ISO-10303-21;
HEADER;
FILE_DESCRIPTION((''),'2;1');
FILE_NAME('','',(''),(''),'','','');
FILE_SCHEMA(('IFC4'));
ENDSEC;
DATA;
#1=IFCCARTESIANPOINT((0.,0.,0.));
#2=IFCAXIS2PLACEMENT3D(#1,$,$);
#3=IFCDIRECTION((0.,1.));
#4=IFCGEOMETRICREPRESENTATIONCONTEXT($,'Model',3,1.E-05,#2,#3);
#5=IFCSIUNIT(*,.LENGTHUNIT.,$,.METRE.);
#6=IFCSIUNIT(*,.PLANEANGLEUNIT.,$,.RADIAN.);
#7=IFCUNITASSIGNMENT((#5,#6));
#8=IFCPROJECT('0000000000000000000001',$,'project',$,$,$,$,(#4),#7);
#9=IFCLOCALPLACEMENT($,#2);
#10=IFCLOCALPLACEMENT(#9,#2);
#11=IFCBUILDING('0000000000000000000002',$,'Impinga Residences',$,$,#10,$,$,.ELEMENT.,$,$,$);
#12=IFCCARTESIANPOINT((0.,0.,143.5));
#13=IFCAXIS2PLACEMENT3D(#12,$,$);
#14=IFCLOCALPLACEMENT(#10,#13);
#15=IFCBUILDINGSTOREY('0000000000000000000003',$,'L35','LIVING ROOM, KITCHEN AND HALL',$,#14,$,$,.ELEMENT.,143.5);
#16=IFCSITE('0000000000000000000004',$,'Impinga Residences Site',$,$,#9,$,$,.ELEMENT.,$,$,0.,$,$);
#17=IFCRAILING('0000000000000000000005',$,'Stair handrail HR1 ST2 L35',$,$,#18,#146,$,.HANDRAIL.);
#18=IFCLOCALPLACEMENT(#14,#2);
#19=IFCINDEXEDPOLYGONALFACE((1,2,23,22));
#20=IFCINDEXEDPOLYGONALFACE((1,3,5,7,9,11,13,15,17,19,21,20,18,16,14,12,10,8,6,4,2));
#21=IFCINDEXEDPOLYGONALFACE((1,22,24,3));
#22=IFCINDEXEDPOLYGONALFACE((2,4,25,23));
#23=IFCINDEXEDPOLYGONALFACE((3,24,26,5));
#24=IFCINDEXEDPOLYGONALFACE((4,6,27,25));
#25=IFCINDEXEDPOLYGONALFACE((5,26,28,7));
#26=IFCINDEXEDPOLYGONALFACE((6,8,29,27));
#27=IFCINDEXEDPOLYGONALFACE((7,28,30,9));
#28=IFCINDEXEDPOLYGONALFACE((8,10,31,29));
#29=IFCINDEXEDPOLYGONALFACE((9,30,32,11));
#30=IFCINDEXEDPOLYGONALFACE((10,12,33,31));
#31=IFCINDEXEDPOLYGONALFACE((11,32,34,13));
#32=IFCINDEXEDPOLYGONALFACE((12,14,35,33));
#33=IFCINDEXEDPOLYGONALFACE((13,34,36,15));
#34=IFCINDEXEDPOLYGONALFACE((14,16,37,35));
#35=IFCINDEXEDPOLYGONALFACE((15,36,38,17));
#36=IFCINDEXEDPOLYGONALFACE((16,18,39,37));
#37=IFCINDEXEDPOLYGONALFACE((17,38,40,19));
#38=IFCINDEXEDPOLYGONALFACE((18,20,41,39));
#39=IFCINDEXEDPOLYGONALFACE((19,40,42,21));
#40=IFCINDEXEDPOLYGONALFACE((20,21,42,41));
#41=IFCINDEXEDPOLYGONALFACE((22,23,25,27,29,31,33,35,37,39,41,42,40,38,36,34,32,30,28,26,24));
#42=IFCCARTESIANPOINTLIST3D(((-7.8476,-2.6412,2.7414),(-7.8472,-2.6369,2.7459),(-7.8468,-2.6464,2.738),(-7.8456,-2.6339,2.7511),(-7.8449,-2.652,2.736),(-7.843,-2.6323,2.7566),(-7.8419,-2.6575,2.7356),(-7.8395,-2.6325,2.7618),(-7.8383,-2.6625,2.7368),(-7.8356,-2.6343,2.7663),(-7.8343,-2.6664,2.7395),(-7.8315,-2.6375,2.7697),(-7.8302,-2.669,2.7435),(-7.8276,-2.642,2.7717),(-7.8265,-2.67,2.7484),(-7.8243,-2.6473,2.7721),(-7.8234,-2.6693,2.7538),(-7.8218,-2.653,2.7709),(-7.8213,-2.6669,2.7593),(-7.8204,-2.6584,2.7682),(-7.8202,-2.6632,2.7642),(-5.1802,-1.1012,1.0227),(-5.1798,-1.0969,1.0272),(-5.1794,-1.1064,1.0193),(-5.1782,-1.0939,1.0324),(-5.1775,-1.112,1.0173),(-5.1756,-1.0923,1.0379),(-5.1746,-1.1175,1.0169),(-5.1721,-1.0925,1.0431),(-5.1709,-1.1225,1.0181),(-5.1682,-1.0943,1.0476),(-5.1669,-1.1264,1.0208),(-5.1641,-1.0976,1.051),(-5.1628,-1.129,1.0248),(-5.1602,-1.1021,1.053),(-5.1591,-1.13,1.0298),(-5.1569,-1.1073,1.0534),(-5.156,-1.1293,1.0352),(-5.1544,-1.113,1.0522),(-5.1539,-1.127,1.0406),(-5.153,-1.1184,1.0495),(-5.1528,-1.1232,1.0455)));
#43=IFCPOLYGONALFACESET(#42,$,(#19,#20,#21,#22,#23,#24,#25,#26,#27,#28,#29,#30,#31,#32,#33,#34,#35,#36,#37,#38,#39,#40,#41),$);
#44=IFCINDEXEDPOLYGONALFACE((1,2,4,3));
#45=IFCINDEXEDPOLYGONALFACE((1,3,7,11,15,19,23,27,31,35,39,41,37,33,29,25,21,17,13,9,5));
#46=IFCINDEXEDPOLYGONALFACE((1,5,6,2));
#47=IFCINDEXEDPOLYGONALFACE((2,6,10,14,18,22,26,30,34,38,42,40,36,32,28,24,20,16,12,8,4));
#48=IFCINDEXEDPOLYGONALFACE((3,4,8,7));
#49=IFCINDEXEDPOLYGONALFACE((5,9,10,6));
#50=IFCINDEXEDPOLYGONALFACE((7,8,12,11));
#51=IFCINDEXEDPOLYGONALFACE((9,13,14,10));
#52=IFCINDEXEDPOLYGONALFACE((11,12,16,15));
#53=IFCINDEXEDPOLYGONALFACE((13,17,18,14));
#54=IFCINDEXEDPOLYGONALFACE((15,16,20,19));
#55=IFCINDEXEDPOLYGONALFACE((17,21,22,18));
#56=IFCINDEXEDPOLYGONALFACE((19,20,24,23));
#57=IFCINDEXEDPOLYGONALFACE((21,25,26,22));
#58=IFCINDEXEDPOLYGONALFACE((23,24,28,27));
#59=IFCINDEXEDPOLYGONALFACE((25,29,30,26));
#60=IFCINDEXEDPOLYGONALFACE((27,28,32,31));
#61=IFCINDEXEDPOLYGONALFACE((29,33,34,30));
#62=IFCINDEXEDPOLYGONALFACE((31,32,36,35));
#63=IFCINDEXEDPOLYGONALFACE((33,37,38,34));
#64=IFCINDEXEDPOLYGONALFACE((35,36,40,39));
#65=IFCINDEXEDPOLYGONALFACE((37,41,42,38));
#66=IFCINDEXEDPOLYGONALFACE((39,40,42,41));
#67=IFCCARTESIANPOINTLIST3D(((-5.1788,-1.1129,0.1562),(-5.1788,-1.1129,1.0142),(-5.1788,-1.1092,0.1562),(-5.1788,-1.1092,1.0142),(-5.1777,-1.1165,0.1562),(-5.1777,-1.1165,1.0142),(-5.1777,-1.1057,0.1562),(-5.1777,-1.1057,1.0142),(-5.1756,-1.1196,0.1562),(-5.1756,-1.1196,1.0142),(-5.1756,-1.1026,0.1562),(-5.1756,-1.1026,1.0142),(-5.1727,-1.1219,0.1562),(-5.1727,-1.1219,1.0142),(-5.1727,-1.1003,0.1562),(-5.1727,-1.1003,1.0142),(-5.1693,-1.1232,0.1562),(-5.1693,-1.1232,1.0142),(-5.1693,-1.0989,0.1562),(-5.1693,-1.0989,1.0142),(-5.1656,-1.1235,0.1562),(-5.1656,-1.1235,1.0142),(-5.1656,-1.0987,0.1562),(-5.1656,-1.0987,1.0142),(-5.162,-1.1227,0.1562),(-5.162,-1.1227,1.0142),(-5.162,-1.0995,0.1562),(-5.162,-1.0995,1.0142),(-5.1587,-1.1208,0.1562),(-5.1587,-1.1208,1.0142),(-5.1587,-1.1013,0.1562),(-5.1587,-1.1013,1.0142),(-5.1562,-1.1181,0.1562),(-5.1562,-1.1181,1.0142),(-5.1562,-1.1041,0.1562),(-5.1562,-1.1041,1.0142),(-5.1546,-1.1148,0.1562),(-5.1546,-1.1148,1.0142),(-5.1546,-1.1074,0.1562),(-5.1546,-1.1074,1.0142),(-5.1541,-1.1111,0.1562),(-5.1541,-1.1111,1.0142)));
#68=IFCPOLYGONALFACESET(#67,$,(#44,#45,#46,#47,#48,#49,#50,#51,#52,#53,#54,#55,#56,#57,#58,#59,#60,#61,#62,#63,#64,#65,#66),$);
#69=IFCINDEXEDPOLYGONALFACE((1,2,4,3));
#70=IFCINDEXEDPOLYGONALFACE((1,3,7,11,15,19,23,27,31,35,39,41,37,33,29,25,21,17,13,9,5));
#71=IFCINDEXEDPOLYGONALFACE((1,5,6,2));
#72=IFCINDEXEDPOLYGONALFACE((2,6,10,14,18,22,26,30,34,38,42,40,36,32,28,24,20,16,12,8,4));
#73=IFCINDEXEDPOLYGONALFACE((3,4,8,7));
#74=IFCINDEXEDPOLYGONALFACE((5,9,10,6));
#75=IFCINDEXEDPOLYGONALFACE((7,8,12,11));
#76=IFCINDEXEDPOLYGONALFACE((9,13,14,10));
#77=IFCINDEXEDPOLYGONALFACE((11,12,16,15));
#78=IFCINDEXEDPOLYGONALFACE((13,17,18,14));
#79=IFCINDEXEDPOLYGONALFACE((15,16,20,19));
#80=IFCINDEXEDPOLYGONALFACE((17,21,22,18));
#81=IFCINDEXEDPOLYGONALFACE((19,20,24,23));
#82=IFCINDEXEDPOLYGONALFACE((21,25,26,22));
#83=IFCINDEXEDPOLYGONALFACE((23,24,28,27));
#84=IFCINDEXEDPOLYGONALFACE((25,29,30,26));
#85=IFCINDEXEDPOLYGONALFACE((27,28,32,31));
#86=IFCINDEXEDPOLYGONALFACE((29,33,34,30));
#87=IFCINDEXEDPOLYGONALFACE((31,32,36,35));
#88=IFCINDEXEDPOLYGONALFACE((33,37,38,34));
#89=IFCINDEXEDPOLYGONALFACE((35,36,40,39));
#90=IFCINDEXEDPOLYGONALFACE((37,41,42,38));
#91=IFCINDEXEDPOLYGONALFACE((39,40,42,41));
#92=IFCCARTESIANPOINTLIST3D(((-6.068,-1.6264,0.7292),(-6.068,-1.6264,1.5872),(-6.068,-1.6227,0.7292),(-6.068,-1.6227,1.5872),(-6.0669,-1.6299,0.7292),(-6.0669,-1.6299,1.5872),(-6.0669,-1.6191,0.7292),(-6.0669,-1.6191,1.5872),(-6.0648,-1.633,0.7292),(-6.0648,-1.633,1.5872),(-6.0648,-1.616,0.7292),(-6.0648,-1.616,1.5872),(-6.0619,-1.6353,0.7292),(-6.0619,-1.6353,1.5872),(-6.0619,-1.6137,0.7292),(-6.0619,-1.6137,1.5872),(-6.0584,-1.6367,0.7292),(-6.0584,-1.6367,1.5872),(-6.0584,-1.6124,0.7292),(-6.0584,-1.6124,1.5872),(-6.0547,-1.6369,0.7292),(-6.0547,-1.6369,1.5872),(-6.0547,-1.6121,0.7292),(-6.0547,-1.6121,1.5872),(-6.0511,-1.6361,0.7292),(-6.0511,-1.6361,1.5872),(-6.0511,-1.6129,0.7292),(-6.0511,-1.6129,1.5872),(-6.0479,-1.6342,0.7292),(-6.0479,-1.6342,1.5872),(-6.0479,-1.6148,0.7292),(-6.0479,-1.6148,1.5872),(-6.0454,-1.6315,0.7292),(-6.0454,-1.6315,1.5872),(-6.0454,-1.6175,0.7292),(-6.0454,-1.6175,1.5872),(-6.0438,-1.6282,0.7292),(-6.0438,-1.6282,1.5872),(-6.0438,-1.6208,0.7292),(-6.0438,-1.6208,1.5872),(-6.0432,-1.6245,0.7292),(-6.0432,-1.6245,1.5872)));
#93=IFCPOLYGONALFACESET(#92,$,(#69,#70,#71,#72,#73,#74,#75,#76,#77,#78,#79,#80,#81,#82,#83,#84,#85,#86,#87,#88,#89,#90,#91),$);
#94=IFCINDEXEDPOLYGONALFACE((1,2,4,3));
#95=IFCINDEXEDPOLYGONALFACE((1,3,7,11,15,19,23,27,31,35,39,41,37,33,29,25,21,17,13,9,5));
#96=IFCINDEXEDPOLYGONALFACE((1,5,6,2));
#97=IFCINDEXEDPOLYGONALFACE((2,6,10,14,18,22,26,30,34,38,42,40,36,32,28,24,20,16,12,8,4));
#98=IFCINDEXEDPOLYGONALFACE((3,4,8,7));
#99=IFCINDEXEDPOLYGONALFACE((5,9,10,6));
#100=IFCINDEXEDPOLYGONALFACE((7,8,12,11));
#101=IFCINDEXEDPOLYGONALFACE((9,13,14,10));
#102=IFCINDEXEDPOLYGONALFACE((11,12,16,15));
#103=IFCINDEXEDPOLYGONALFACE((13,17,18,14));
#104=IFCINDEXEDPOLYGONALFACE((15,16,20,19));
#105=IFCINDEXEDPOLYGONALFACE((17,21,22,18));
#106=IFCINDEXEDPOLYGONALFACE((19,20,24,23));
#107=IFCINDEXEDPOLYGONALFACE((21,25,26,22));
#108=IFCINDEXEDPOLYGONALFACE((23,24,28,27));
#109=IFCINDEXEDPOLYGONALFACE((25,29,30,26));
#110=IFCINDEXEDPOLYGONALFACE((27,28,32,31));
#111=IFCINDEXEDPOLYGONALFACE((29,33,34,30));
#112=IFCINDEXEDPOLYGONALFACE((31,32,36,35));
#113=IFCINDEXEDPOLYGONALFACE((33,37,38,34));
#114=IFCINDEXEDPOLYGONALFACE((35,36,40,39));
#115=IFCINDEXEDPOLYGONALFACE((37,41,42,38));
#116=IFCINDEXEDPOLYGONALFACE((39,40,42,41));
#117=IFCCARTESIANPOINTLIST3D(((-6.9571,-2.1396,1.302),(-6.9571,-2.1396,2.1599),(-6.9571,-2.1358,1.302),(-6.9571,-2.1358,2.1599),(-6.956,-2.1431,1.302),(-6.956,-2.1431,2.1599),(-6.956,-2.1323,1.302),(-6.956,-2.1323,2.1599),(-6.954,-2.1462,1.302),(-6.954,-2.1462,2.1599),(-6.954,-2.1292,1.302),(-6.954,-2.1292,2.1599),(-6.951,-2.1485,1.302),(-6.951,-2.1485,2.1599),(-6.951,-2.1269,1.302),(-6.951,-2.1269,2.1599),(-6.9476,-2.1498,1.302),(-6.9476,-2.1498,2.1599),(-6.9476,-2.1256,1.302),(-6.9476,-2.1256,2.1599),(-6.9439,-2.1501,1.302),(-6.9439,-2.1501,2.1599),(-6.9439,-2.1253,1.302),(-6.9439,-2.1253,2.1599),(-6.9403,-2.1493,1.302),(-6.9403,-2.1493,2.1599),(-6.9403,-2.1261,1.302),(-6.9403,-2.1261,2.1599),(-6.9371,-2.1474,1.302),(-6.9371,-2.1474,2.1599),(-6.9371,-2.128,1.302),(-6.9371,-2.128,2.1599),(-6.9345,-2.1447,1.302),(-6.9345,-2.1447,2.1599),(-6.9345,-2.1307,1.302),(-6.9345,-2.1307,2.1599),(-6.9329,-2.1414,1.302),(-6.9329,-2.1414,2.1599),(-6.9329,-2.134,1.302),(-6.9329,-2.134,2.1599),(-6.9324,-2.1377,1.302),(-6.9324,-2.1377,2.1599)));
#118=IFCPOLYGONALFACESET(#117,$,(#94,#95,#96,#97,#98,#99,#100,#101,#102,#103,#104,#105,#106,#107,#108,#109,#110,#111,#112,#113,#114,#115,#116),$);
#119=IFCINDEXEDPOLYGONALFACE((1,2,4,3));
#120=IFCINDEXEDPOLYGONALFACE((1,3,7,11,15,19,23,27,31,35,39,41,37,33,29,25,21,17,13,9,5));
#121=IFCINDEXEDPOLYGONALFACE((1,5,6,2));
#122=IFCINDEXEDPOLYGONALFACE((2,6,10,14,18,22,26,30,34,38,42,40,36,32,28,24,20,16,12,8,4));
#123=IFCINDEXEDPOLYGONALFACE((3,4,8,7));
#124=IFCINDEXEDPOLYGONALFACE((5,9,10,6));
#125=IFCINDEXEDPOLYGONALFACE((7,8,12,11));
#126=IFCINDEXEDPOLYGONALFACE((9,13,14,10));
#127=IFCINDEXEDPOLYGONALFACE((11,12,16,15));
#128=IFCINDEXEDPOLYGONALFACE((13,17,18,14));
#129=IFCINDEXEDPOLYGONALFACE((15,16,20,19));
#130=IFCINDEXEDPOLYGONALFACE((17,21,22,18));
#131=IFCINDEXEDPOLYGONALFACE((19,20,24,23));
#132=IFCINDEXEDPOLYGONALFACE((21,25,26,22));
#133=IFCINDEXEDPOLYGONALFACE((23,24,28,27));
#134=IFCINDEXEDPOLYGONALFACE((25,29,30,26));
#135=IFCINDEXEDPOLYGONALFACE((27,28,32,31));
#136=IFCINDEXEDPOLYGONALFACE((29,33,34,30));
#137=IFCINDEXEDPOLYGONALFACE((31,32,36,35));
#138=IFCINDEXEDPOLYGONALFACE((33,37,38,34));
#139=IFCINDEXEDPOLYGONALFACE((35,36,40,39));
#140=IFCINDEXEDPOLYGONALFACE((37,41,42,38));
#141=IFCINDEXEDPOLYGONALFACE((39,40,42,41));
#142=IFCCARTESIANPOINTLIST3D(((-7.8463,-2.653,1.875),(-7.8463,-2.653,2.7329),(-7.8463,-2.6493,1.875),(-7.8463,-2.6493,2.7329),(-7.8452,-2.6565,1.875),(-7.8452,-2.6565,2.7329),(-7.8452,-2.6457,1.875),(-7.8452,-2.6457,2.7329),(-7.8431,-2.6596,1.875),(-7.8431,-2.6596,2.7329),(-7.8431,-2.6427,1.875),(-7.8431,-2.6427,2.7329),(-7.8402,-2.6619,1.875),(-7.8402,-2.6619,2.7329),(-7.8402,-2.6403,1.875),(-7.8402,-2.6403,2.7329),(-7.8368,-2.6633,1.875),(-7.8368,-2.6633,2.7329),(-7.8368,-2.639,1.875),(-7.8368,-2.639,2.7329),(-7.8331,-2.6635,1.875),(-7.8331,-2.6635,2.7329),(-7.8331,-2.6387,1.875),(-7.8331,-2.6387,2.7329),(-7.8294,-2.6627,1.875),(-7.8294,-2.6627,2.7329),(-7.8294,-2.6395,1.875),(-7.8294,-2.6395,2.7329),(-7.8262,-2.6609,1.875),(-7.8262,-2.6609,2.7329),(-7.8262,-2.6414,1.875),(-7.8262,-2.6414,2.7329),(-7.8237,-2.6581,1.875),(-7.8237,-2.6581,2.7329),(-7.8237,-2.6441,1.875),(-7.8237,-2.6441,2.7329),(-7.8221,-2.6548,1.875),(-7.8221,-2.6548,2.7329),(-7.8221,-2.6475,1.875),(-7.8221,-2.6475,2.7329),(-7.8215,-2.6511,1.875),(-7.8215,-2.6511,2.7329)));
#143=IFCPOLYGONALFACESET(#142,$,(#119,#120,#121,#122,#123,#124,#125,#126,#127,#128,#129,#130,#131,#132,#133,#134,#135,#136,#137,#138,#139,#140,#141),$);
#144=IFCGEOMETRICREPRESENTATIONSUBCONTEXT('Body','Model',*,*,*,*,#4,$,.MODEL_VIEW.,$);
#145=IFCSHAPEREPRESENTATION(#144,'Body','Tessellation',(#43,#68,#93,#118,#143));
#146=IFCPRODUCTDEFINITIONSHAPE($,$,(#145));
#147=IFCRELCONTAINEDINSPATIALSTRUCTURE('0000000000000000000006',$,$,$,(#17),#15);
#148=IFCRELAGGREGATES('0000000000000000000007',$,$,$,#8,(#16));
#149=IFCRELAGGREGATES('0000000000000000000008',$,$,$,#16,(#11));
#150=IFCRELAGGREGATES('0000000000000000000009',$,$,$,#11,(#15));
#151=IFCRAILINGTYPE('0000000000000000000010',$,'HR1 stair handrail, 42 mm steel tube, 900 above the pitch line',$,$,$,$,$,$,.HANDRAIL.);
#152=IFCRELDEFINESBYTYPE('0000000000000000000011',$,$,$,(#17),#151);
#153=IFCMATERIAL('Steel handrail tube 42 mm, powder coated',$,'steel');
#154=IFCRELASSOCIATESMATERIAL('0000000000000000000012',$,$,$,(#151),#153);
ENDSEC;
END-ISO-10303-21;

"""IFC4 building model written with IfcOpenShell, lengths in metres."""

from ifc_helpers import new_model, si_unit, direction, frame, origin, origin_2d, place, context, subcontext, project, spatial, circle, extrude, material, type_object, element, save


model = new_model("IFC4")

# Units and contexts
model_context = context("Model", 3, precision=1e-05, world=origin(), true_north=direction((0.0, 1.0)))
body_context = subcontext(model_context, "Body", "Model", "MODEL_VIEW")
ifc_project = project(units=[si_unit("LENGTHUNIT", "METRE"), si_unit("PLANEANGLEUNIT", "RADIAN")], contexts=[model_context])

# Site, building, storey
site_placement = place(None, origin())
site = spatial("IfcSite", under=ifc_project, at=site_placement, Name="Impinga Residences Site", CompositionType="ELEMENT", RefElevation=0.0)
building_placement = place(site_placement, origin())
building = spatial("IfcBuilding", under=site, at=building_placement, Name="Impinga Residences", CompositionType="ELEMENT")
storey_placement = place(building_placement, frame((0.0, 0.0, 143.5)))
storey = spatial("IfcBuildingStorey", under=building, at=storey_placement, Name="L35", Description="LIVING ROOM, KITCHEN AND HALL", CompositionType="ELEMENT", Elevation=143.5)

# Railing
ifc_material_1 = material(Name="Steel handrail tube 42 mm, powder coated", Category="steel")
railing_type_1 = type_object("IfcRailingType", Name="HR1 stair handrail, 42 mm steel tube, 900 above the pitch line", PredefinedType="HANDRAIL", material=ifc_material_1)
railing_1_placement = place(storey_placement, frame((-5.1665, -1.1111, 0.1562)))
element("IfcRailing", 1, at=railing_1_placement, inside=storey, type_object=railing_type_1, Name="Stair handrail HR1 ST2 L35", PredefinedType="HANDRAIL", context=body_context, shape_type="SweptSolid", body=[
    extrude(circle(Radius=0.021, at=origin_2d()), frame((0.0, 0.0, 0.8789), z_axis=(-0.756256, -0.436616, 0.487282), x_axis=(0.499992, -0.86603, 0.0)), (0.0, 0.0, 1.0), 3.5271),
    extrude(circle(Radius=0.0125, at=origin_2d()), origin(), (0.0, 0.0, 1.0), 0.8579),
    extrude(circle(Radius=0.0125, at=origin_2d()), frame((-0.8892, -0.5134, 0.573)), (0.0, 0.0, 1.0), 0.8579),
    extrude(circle(Radius=0.0125, at=origin_2d()), frame((-1.7783, -1.0266, 1.1458)), (0.0, 0.0, 1.0), 0.8579),
    extrude(circle(Radius=0.0125, at=origin_2d()), frame((-2.6675, -1.54, 1.7188)), (0.0, 0.0, 1.0), 0.8579),
])

save(model, "model.ifc")
